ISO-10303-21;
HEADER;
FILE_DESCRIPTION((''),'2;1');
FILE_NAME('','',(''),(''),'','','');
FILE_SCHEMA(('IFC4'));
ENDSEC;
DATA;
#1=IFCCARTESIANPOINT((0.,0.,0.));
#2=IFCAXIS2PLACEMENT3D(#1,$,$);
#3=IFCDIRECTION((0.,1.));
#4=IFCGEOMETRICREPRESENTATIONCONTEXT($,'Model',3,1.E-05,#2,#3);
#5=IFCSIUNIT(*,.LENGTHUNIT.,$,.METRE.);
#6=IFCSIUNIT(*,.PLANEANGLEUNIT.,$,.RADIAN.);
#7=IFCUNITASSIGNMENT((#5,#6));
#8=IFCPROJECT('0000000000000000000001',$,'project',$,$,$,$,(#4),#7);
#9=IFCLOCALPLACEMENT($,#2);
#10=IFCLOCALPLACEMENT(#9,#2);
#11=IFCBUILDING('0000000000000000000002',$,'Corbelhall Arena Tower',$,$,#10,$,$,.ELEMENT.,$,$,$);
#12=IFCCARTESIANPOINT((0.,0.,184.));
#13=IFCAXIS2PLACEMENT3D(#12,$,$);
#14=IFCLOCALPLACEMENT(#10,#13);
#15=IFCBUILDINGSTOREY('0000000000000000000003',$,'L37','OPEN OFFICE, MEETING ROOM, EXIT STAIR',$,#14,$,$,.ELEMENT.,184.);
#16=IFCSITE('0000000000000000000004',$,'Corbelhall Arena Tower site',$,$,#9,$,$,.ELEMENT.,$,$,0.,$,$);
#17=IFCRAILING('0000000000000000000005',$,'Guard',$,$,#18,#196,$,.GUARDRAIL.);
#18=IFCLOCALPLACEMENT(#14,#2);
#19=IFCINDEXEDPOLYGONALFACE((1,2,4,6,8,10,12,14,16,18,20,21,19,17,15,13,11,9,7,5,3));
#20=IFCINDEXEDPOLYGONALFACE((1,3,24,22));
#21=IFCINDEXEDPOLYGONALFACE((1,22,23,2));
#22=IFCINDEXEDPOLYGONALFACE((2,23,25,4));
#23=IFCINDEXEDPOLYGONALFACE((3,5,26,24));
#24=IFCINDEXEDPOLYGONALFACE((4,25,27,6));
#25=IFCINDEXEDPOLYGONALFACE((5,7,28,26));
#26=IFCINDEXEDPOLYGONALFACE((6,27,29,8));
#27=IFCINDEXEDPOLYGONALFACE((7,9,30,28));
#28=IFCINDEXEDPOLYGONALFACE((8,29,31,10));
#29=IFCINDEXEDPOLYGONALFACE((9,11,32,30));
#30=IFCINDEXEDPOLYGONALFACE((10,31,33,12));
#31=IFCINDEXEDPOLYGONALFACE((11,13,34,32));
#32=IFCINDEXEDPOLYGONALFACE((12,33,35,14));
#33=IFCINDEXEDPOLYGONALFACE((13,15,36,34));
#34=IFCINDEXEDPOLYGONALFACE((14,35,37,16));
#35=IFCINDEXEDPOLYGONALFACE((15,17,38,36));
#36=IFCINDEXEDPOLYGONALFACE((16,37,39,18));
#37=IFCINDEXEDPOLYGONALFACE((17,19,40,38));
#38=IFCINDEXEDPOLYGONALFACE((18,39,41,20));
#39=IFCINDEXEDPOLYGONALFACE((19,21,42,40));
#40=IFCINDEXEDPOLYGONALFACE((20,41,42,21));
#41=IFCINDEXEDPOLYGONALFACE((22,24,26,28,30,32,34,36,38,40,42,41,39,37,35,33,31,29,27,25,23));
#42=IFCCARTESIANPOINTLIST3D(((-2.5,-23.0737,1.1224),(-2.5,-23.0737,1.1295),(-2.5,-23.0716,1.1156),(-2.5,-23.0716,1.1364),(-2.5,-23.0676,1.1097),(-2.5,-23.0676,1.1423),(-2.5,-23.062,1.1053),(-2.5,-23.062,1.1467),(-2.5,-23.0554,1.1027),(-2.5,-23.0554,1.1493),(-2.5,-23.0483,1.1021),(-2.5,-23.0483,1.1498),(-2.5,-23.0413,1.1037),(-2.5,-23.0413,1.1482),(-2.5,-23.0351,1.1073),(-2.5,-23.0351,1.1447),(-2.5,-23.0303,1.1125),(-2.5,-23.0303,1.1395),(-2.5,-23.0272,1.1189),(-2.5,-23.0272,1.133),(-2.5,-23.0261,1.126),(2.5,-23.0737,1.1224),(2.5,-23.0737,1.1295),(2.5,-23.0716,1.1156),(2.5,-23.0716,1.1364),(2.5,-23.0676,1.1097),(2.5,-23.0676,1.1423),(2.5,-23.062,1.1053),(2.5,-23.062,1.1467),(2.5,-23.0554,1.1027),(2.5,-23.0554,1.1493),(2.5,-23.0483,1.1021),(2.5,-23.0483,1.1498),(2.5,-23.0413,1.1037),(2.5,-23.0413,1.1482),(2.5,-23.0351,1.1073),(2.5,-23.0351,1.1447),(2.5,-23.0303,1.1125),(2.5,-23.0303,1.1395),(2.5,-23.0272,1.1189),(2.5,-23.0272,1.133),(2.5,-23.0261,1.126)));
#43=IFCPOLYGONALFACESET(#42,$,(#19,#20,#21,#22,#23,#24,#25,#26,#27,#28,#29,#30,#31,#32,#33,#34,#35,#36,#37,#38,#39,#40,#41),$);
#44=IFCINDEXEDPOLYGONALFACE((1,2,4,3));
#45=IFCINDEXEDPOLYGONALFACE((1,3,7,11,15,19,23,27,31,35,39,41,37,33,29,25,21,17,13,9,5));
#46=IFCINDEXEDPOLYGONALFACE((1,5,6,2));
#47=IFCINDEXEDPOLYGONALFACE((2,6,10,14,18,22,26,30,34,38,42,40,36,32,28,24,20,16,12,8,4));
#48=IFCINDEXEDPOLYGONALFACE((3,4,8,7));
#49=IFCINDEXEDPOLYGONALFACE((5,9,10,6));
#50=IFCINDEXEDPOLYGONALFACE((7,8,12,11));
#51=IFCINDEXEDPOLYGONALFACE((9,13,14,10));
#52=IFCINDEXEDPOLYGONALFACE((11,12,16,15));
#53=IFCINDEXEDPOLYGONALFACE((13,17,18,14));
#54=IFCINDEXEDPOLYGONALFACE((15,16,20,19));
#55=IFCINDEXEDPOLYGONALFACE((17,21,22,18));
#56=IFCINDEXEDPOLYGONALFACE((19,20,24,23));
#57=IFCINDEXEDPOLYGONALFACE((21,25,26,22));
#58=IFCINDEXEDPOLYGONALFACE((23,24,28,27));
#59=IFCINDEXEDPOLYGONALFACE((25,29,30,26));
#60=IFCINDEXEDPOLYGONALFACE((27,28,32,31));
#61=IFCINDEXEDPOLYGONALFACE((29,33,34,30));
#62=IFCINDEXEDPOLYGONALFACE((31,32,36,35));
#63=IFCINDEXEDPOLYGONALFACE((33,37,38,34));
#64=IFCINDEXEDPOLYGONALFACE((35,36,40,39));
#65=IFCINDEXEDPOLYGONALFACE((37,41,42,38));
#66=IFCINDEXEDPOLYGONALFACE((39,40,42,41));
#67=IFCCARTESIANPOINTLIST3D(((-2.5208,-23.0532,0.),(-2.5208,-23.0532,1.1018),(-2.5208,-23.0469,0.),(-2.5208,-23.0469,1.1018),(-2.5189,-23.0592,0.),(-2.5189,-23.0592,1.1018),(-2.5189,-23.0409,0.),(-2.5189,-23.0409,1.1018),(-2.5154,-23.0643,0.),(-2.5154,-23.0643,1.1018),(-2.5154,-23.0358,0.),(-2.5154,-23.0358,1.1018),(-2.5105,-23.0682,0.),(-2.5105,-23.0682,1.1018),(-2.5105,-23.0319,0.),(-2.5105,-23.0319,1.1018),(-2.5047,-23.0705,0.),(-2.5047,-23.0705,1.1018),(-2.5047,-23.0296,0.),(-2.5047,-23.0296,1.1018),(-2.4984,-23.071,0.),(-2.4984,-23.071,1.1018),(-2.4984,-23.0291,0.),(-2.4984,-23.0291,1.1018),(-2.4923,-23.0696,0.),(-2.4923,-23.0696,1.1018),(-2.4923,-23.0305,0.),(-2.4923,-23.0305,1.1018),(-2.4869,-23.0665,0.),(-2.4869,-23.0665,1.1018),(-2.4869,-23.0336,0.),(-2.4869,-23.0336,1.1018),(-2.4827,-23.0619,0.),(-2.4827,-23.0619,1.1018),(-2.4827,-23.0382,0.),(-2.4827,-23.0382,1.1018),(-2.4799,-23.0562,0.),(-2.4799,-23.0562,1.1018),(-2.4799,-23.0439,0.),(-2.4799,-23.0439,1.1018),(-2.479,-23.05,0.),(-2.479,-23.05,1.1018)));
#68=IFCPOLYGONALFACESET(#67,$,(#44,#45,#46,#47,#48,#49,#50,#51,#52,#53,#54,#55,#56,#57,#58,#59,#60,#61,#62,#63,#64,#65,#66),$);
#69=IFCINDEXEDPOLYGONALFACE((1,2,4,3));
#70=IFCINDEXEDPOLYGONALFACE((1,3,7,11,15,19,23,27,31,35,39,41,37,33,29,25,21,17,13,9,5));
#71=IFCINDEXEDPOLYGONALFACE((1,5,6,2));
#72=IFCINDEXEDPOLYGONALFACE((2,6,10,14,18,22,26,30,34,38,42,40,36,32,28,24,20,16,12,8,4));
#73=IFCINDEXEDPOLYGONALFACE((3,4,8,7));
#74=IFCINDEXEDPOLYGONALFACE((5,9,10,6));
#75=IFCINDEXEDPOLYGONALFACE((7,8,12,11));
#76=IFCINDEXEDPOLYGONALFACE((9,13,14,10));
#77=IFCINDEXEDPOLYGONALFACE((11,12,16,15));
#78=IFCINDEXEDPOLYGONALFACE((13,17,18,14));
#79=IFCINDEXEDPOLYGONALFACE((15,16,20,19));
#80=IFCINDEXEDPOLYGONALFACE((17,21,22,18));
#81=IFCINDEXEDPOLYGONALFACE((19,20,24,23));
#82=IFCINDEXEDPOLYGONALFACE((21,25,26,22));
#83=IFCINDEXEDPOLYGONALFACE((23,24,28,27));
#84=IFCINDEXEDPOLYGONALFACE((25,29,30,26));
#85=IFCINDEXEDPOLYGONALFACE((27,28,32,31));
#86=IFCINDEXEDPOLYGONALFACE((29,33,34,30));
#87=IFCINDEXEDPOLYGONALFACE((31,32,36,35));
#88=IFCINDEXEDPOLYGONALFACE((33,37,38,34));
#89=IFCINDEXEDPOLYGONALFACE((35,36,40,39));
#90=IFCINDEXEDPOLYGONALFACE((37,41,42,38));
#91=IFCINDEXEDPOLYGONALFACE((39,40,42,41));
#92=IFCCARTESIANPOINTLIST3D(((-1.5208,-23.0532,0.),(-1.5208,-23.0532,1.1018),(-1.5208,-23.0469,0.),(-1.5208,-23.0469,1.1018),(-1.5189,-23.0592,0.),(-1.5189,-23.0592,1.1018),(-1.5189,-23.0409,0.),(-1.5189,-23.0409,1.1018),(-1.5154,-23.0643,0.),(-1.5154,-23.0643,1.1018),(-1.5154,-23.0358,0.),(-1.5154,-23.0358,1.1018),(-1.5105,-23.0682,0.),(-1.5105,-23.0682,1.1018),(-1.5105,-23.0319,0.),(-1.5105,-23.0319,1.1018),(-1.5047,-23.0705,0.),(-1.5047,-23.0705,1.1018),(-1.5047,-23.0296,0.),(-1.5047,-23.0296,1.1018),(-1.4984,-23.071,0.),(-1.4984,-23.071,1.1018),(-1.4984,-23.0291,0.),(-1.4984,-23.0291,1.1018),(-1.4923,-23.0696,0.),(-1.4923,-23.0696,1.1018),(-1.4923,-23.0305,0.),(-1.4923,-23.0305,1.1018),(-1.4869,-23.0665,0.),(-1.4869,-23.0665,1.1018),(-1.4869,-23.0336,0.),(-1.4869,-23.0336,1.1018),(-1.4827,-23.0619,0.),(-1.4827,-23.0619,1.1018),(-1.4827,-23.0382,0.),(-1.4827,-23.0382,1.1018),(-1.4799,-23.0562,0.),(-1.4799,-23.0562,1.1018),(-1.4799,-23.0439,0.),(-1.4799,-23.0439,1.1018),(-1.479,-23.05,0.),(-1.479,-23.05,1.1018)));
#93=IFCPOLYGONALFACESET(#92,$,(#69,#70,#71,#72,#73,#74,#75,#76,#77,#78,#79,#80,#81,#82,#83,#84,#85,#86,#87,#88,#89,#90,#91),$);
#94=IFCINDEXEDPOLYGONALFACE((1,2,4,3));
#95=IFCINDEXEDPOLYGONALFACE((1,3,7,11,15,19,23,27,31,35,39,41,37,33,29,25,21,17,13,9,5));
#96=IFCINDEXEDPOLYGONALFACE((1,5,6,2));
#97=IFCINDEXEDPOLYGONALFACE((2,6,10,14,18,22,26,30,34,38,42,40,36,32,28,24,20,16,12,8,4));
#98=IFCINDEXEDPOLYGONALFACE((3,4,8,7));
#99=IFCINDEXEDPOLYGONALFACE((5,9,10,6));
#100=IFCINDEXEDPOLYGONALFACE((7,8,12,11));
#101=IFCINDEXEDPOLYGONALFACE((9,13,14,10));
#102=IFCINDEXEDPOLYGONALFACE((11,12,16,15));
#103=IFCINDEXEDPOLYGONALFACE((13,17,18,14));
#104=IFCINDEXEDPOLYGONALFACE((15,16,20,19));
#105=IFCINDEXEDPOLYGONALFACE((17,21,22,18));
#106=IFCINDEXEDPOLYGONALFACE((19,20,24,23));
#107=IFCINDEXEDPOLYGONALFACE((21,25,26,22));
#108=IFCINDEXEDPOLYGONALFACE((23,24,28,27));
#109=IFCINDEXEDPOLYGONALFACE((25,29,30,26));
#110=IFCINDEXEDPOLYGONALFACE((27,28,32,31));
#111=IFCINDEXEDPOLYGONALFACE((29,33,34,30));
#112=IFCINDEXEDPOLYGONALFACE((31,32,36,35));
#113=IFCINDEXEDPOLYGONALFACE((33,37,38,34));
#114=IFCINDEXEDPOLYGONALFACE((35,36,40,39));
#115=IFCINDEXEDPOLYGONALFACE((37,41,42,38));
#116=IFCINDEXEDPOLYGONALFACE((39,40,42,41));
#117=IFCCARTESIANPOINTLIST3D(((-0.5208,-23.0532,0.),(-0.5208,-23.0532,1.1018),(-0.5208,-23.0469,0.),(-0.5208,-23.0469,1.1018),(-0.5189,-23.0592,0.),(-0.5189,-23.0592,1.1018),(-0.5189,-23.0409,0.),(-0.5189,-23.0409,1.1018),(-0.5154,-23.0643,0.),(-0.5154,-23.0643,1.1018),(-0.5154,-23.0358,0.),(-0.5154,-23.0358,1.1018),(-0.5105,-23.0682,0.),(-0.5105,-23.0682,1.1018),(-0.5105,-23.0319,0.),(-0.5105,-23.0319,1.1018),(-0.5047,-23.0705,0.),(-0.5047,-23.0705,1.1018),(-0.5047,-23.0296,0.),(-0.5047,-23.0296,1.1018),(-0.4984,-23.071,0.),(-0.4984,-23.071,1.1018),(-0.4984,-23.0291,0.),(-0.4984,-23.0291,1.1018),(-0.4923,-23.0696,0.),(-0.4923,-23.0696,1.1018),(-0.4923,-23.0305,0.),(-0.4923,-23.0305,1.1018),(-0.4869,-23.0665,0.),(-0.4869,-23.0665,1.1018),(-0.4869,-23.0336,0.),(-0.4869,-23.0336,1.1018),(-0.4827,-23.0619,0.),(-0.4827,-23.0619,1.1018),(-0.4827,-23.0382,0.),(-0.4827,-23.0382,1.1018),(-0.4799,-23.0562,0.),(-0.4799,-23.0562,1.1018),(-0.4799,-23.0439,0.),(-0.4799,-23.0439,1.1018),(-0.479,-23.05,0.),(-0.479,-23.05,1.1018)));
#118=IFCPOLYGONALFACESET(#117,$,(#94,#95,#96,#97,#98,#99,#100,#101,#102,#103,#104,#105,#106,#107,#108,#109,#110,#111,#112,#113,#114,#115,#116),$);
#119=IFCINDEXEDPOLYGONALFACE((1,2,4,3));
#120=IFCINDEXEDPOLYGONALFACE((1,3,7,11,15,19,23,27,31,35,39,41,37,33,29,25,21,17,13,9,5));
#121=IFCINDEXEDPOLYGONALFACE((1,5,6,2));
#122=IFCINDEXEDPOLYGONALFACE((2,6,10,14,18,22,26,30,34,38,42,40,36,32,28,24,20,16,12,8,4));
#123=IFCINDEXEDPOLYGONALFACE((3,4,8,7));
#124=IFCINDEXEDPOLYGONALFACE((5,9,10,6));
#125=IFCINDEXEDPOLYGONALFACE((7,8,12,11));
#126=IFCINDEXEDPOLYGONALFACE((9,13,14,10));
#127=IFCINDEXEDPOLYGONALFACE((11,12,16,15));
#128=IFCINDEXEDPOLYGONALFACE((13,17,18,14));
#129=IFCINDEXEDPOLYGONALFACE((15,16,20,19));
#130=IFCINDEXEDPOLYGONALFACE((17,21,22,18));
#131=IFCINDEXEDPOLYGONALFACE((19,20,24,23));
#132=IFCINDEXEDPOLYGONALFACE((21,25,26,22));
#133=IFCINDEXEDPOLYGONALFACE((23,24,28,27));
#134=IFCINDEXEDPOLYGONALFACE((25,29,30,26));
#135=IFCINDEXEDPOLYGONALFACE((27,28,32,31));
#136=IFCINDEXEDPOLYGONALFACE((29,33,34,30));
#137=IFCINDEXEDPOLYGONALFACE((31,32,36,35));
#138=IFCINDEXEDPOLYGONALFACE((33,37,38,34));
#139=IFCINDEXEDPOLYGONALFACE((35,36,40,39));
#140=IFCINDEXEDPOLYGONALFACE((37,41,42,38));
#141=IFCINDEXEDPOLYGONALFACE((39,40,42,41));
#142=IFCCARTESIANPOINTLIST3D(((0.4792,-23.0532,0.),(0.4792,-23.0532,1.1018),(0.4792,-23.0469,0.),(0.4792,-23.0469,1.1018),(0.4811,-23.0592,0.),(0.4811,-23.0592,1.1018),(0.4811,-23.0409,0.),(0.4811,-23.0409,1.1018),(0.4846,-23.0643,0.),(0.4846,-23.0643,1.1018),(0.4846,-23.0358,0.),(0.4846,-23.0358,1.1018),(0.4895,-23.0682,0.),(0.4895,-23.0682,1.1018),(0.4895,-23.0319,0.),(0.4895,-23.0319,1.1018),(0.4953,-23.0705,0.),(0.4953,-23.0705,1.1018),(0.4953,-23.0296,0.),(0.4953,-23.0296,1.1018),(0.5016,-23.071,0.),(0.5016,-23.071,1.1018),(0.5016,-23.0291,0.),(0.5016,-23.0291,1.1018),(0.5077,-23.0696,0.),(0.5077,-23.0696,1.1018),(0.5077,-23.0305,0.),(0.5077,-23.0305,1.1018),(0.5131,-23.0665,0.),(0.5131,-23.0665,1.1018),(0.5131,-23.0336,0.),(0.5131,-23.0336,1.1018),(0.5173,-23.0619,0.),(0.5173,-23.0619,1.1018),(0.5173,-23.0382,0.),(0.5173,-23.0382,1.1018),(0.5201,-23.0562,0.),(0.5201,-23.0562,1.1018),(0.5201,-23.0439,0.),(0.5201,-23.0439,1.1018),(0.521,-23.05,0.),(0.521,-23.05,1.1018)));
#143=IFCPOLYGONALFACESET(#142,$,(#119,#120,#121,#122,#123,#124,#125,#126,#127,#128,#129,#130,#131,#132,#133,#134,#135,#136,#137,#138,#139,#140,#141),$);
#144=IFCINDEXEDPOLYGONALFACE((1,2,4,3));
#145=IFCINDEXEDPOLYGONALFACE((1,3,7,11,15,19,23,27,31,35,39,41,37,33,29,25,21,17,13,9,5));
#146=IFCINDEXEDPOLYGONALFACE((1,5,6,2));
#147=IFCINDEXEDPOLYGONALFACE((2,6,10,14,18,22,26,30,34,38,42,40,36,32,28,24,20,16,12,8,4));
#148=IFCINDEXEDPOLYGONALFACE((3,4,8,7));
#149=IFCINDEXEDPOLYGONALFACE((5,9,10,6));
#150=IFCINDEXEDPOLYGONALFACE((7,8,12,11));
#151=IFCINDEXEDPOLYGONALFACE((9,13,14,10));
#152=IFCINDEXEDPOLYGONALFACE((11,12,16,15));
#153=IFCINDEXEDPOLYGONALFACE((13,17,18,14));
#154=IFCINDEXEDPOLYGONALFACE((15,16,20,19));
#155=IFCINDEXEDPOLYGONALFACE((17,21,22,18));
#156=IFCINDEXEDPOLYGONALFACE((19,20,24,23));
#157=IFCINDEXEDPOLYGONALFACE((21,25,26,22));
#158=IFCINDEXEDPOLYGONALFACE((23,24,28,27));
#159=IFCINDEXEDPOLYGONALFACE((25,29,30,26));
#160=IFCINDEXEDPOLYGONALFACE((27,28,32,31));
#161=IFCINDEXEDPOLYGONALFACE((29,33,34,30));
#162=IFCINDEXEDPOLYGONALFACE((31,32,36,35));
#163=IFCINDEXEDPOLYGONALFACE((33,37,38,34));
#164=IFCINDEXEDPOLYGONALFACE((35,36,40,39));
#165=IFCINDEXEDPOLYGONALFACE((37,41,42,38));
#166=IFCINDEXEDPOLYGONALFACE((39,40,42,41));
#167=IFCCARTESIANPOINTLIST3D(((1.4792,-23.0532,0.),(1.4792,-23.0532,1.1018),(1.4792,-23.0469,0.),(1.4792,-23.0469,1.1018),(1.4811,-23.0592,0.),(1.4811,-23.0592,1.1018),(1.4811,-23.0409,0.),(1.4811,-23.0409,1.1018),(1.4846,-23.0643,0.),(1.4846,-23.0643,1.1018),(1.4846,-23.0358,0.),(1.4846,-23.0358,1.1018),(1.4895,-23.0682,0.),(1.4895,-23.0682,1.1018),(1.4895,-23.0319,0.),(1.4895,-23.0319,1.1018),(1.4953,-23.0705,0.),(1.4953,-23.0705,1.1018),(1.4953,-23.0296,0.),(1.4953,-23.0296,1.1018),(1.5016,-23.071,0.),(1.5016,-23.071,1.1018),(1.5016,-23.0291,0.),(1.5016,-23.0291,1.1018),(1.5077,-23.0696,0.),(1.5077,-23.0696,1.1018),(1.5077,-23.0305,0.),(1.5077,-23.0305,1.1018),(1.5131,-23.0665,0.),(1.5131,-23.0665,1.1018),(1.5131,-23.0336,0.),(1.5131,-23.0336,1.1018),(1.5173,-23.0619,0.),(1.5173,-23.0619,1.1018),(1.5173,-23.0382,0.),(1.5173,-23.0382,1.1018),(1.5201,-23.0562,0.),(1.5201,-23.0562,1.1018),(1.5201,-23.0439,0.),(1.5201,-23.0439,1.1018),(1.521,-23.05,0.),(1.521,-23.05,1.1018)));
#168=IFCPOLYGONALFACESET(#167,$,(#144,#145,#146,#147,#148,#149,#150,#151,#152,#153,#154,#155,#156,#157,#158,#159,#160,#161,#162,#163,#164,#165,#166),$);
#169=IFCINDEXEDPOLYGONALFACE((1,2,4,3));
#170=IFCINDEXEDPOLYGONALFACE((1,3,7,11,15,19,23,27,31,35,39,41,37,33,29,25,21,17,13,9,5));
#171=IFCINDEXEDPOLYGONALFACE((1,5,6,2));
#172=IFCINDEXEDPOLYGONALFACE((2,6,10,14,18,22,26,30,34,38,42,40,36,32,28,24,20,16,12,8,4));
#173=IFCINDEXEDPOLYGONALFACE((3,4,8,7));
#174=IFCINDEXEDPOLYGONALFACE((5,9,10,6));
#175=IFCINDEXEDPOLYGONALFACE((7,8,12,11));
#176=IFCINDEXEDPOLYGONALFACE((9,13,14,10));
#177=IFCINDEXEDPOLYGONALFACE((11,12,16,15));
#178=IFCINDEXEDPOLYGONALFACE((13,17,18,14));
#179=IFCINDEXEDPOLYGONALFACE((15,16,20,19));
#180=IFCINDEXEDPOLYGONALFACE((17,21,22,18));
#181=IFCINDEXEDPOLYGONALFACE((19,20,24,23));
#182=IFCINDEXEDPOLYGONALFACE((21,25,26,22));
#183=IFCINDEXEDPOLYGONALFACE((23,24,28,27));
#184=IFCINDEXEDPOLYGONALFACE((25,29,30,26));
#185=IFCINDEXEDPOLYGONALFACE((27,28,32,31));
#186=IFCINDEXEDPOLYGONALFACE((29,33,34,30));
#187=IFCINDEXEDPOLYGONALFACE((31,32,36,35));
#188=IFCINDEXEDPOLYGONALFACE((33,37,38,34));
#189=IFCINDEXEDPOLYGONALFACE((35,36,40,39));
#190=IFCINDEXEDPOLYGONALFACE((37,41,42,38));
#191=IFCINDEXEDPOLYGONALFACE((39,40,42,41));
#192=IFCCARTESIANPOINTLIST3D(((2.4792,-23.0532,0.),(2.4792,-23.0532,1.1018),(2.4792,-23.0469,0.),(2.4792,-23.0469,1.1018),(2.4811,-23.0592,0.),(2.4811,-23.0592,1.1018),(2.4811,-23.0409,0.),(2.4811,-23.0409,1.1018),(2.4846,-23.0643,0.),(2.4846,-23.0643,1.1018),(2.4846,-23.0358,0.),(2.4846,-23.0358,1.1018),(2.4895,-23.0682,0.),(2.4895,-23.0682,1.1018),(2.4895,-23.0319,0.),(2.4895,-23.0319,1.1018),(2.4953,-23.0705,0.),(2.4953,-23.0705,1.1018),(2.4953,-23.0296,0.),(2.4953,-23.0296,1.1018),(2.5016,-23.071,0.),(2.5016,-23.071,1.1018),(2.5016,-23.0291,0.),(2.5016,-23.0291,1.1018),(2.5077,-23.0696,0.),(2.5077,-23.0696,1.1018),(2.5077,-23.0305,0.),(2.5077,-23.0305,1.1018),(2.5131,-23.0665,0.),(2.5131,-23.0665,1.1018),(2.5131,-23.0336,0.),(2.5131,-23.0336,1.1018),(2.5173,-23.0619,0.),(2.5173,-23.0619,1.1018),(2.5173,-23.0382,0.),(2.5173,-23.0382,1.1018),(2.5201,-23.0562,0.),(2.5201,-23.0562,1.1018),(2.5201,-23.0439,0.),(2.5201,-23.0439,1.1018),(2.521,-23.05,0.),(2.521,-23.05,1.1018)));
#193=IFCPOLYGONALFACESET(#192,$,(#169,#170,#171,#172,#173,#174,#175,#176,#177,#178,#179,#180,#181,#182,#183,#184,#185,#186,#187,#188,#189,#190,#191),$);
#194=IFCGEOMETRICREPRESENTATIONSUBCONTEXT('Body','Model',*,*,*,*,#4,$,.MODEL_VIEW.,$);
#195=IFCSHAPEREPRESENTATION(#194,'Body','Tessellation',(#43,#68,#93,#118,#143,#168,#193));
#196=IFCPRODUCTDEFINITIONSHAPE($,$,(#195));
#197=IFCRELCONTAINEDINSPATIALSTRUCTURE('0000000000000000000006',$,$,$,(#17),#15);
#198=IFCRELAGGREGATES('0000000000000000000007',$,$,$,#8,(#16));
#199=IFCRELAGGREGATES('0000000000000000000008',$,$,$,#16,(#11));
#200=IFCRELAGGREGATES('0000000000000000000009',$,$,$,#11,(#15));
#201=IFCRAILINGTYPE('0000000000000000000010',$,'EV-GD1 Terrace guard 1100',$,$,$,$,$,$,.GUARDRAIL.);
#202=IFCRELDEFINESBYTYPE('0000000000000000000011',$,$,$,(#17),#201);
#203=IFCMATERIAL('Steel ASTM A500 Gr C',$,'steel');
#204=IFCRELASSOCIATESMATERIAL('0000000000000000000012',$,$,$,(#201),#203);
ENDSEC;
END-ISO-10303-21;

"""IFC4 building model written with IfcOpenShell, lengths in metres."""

from ifc_helpers import new_model, si_unit, direction, frame, origin, origin_2d, place, context, subcontext, project, spatial, circle, extrude, material, type_object, element, save


model = new_model("IFC4")

# Units and contexts
model_context = context("Model", 3, precision=1e-05, world=origin(), true_north=direction((0.0, 1.0)))
body_context = subcontext(model_context, "Body", "Model", "MODEL_VIEW")
ifc_project = project(units=[si_unit("LENGTHUNIT", "METRE"), si_unit("PLANEANGLEUNIT", "RADIAN")], contexts=[model_context])

# Site, building, storey
site_placement = place(None, origin())
site = spatial("IfcSite", under=ifc_project, at=site_placement, Name="Corbelhall Arena Tower site", CompositionType="ELEMENT", RefElevation=0.0)
building_placement = place(site_placement, origin())
building = spatial("IfcBuilding", under=site, at=building_placement, Name="Corbelhall Arena Tower", CompositionType="ELEMENT")
storey_placement = place(building_placement, frame((0.0, 0.0, 184.0)))
storey = spatial("IfcBuildingStorey", under=building, at=storey_placement, Name="L37", Description="OPEN OFFICE, MEETING ROOM, EXIT STAIR", CompositionType="ELEMENT", Elevation=184.0)

# Railing
ifc_material_1 = material(Name="Steel ASTM A500 Gr C", Category="steel")
railing_type = type_object("IfcRailingType", Name="EV-GD1 Terrace guard 1100", PredefinedType="GUARDRAIL", material=ifc_material_1)
railing_placement = place(storey_placement, frame((-2.5, -23.05, 0.0)))
element("IfcRailing", 1, at=railing_placement, inside=storey, type_object=railing_type, Name="Guard", PredefinedType="GUARDRAIL", context=body_context, shape_type="SweptSolid", body=[
    extrude(circle(Radius=0.0239, at=origin_2d()), frame((0.0, 0.0, 1.126), z_axis=(1.0, 0.0, 0.0), x_axis=(0.0, 1.0, 0.0)), (0.0, 0.0, 1.0), 5.0),
    extrude(circle(Radius=0.021, at=origin_2d()), origin(), (0.0, 0.0, 1.0), 1.1018),
    extrude(circle(Radius=0.021, at=origin_2d()), frame((1.0, 0.0, 0.0)), (0.0, 0.0, 1.0), 1.1018),
    extrude(circle(Radius=0.021, at=origin_2d()), frame((2.0, 0.0, 0.0)), (0.0, 0.0, 1.0), 1.1018),
    extrude(circle(Radius=0.021, at=origin_2d()), frame((3.0, 0.0, 0.0)), (0.0, 0.0, 1.0), 1.1018),
    extrude(circle(Radius=0.021, at=origin_2d()), frame((4.0, 0.0, 0.0)), (0.0, 0.0, 1.0), 1.1018),
    extrude(circle(Radius=0.021, at=origin_2d()), frame((5.0, 0.0, 0.0)), (0.0, 0.0, 1.0), 1.1018),
])

save(model, "model.ifc")
